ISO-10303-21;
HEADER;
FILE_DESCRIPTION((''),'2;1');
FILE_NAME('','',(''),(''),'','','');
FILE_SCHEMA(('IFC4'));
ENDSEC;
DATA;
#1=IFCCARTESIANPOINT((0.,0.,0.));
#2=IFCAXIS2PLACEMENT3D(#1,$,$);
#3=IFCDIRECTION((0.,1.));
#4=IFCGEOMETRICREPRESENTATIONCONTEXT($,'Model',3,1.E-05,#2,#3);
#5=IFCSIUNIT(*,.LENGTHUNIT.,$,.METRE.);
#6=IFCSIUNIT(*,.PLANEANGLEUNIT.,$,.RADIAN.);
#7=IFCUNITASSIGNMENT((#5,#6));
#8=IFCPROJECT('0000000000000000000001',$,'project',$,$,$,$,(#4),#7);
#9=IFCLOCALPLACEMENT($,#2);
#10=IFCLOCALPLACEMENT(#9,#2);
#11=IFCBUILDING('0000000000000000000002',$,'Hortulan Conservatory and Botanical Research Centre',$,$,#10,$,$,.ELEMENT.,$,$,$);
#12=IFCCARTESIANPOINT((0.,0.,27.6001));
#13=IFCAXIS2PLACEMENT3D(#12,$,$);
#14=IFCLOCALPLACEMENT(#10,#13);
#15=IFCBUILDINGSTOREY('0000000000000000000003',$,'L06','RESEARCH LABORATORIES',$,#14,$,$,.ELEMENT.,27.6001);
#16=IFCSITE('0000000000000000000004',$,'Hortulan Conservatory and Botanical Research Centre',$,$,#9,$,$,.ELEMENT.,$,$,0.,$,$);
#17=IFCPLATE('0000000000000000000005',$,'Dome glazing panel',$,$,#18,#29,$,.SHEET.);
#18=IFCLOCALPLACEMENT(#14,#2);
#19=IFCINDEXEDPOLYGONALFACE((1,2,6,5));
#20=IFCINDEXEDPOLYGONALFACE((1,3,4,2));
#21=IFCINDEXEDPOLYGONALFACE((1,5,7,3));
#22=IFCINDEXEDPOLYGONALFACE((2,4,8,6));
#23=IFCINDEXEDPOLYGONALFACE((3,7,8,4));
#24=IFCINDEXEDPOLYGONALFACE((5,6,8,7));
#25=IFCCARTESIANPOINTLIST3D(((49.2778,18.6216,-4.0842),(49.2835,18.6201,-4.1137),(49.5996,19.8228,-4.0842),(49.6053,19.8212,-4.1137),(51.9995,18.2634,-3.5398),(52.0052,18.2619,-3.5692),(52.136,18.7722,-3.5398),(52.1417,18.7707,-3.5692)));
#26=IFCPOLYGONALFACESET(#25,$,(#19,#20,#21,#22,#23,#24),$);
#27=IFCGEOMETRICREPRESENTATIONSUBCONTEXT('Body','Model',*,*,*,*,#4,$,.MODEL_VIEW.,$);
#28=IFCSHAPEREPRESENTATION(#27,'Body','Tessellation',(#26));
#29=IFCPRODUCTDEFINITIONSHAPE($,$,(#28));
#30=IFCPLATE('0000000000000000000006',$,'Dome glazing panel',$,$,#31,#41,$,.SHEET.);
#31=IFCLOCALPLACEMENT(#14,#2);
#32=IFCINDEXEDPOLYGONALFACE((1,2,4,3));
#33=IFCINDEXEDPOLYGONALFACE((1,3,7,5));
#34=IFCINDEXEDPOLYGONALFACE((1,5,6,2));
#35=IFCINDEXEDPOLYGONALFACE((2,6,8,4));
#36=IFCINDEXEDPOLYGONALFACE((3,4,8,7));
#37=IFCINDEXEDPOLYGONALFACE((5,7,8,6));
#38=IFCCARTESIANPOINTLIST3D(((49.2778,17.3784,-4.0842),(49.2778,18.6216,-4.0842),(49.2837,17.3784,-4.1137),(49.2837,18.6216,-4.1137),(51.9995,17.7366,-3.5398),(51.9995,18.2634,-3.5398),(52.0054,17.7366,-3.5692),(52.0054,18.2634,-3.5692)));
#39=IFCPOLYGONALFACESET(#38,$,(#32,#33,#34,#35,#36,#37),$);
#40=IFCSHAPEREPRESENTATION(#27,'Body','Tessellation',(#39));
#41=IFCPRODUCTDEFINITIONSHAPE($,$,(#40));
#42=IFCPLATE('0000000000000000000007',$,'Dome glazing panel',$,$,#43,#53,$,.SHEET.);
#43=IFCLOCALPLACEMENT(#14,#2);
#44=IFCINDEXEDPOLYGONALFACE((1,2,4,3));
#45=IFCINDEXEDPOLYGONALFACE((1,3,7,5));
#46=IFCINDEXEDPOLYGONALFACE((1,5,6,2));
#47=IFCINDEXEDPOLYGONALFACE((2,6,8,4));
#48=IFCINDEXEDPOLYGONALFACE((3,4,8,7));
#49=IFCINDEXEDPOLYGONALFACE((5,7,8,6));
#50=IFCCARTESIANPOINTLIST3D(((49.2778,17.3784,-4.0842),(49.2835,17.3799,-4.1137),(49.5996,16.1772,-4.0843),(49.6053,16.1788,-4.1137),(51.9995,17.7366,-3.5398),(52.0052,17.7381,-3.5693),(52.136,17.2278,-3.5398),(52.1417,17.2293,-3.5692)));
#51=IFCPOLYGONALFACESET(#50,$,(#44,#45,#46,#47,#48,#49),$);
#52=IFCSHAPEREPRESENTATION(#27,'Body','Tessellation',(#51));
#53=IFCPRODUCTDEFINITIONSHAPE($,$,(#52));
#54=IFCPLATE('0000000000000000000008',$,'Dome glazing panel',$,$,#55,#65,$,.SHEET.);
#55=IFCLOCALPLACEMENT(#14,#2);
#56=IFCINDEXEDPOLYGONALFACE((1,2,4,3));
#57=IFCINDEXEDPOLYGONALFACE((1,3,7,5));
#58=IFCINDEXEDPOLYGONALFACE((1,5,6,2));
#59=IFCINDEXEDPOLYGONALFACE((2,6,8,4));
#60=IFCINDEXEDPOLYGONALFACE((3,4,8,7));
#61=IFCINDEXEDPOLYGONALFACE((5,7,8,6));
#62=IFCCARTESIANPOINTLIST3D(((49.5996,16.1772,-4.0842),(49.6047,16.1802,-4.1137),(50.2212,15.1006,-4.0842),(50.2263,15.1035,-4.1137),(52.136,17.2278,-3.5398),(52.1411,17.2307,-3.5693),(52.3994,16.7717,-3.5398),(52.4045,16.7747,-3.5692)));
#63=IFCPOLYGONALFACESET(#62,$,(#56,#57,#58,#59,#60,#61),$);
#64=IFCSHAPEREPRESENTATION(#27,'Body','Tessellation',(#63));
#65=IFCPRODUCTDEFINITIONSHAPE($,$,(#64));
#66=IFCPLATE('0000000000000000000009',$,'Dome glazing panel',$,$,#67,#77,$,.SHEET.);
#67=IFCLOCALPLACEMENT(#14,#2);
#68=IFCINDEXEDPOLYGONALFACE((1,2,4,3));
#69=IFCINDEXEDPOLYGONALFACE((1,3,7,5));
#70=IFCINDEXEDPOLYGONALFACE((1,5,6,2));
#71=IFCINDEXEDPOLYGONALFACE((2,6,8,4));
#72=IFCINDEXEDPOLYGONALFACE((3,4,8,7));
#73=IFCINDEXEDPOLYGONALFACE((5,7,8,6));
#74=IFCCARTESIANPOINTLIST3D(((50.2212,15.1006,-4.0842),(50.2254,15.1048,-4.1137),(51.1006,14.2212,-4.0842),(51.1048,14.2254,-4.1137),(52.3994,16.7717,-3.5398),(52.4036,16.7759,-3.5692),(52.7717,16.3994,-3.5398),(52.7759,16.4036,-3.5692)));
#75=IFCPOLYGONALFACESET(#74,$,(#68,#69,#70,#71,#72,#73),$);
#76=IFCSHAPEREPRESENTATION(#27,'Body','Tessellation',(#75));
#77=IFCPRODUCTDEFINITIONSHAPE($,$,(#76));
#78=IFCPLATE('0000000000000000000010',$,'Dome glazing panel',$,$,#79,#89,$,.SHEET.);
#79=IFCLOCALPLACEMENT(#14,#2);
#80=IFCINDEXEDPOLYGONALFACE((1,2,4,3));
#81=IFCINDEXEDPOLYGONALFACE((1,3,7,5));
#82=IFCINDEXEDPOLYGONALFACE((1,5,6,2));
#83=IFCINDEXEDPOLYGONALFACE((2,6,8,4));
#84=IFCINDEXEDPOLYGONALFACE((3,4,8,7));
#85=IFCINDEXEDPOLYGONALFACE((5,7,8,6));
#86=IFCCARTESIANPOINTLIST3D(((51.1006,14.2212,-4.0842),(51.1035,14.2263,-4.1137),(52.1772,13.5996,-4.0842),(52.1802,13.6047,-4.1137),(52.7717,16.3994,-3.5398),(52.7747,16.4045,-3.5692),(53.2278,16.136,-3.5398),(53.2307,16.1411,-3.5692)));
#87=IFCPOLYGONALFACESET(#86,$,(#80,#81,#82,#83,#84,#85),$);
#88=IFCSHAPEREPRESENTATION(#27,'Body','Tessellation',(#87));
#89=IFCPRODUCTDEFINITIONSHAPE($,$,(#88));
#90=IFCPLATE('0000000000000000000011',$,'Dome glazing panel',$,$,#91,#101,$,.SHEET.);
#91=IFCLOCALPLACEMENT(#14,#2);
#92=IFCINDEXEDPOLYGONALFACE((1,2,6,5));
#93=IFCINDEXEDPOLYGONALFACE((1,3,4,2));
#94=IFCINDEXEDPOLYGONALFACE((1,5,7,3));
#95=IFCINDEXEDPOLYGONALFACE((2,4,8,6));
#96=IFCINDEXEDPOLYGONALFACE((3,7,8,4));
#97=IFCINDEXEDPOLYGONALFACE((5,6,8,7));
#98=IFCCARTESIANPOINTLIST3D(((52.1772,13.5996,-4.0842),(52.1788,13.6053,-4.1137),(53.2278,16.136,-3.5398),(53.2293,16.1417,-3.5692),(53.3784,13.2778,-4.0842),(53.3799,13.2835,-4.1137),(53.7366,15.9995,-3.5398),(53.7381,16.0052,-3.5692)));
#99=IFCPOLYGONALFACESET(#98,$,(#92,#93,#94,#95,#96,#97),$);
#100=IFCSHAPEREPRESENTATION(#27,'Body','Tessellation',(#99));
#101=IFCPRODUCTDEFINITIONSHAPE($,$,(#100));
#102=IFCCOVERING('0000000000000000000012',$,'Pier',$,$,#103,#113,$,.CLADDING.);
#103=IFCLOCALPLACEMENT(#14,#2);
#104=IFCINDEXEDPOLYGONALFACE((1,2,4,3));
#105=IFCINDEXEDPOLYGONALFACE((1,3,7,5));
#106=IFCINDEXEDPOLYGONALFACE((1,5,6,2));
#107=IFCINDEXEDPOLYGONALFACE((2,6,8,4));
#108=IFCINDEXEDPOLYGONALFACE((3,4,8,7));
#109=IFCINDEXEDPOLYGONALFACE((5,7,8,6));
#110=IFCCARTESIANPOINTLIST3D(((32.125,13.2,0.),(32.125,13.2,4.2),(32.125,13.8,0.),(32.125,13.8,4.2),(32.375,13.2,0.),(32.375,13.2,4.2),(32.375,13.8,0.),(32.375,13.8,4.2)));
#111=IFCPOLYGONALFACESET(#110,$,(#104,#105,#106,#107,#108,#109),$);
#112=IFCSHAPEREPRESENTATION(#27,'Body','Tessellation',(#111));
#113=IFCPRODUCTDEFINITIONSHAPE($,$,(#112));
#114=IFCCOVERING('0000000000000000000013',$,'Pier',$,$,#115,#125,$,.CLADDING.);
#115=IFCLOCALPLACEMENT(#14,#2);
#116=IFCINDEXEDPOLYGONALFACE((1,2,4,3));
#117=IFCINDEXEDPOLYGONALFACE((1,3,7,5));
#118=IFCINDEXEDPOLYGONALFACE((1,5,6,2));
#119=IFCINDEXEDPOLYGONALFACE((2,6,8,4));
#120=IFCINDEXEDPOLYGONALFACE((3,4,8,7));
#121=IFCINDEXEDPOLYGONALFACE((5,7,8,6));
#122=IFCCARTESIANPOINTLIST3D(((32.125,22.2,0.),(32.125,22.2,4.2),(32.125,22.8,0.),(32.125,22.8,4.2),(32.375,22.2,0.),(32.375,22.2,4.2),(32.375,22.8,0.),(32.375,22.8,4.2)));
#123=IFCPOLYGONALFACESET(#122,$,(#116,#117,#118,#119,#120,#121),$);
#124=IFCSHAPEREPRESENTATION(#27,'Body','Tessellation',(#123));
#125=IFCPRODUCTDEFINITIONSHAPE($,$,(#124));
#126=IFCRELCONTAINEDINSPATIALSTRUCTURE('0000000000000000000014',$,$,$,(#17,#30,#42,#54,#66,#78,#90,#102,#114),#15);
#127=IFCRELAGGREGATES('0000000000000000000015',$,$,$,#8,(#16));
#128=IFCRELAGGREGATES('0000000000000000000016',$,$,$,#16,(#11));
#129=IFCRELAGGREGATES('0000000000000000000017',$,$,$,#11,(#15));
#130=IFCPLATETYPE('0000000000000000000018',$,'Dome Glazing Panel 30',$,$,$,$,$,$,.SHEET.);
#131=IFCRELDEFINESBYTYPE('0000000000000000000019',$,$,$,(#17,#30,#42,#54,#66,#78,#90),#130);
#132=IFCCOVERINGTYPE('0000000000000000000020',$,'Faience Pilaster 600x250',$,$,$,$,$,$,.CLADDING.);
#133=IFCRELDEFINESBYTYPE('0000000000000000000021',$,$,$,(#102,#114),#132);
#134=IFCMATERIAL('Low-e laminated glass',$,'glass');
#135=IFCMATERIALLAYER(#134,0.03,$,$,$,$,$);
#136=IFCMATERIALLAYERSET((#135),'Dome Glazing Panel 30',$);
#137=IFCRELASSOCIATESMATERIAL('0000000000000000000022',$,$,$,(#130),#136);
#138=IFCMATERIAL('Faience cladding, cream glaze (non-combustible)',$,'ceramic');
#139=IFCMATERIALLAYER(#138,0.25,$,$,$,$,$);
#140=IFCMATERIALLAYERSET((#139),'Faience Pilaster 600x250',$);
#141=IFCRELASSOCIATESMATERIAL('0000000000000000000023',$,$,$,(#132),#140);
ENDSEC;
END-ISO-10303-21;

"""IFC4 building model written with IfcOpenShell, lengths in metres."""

from ifc_helpers import new_model, si_unit, direction, frame, origin, origin_2d, place, context, subcontext, project, spatial, polyline, rectangle, outline, extrude, material, layer, layer_set, type_object, element, save


model = new_model("IFC4")

# Units and contexts
model_context = context("Model", 3, precision=1e-05, world=origin(), true_north=direction((0.0, 1.0)))
body_context = subcontext(model_context, "Body", "Model", "MODEL_VIEW")
ifc_project = project(units=[si_unit("LENGTHUNIT", "METRE"), si_unit("PLANEANGLEUNIT", "RADIAN")], contexts=[model_context])

# Site, building, storey
site_placement = place(None, origin())
site = spatial("IfcSite", under=ifc_project, at=site_placement, Name="Hortulan Conservatory and Botanical Research Centre", CompositionType="ELEMENT", RefElevation=0.0)
building_placement = place(site_placement, origin())
building = spatial("IfcBuilding", under=site, at=building_placement, Name="Hortulan Conservatory and Botanical Research Centre", CompositionType="ELEMENT")
storey_placement = place(building_placement, frame((0.0, 0.0, 27.6001)))
storey = spatial("IfcBuildingStorey", under=building, at=storey_placement, Name="L06", Description="RESEARCH LABORATORIES", CompositionType="ELEMENT", Elevation=27.6001)

# Plates
ifc_material_1 = material(Name="Low-e laminated glass", Category="glass")
ifc_layer_1 = layer(ifc_material_1, 0.03)
ifc_layer_set_1 = layer_set([ifc_layer_1], Name="Dome Glazing Panel 30")
plate_type = type_object("IfcPlateType", Name="Dome Glazing Panel 30", PredefinedType="SHEET", material=ifc_layer_set_1)
plate_1_placement = place(storey_placement, frame((49.5996, 19.8228, -4.0842), z_axis=(-0.18946, 0.050773, 0.980575), x_axis=(-0.258766, -0.96594, 0.000019)))
element("IfcPlate", 1, at=plate_1_placement, inside=storey, type_object=plate_type, Name="Dome glazing panel", PredefinedType="SHEET", context=body_context, shape_type="SweptSolid", body=[
    extrude(outline(polyline([(0.0, 0.0), (1.2435, 0.0), (0.8852, 2.7756), (0.3584, 2.7757), (0.0, 0.0)])), origin(), (0.0, 0.0, -1.0), 0.03),
])
plate_2_placement = place(storey_placement, frame((49.2778, 18.6216, -4.0842), z_axis=(-0.19615, 0.0, 0.980574), x_axis=(0.0, -1.0, 0.0)))
element("IfcPlate", 2, at=plate_2_placement, inside=storey, type_object=plate_type, Name="Dome glazing panel", PredefinedType="SHEET", context=body_context, shape_type="SweptSolid", body=[
    extrude(outline(polyline([(0.0, 0.0), (1.2432, 0.0), (0.885, 2.7756), (0.3582, 2.7756), (0.0, 0.0)])), origin(), (0.0, 0.0, -1.0), 0.03),
])
plate_3_placement = place(storey_placement, frame((49.2778, 17.3784, -4.0842), z_axis=(-0.18946, -0.050773, 0.980575), x_axis=(0.258766, -0.96594, -0.000019)))
element("IfcPlate", 3, at=plate_3_placement, inside=storey, type_object=plate_type, Name="Dome glazing panel", PredefinedType="SHEET", context=body_context, shape_type="SweptSolid", body=[
    extrude(outline(polyline([(0.0, 0.0), (1.2435, 0.0), (0.8851, 2.7757), (0.3583, 2.7756), (0.0, 0.0)])), origin(), (0.0, 0.0, -1.0), 0.03),
])
plate_4_placement = place(storey_placement, frame((49.5996, 16.1772, -4.0842), z_axis=(-0.169853, -0.098075, 0.980577), x_axis=(0.499985, -0.866034, -0.000013)))
element("IfcPlate", 4, at=plate_4_placement, inside=storey, type_object=plate_type, Name="Dome glazing panel", PredefinedType="SHEET", context=body_context, shape_type="SweptSolid", body=[
    extrude(outline(polyline([(0.0, 0.0), (1.2432, 0.0), (0.885, 2.7759), (0.3583, 2.7758), (0.0, 0.0)])), origin(), (0.0, 0.0, -1.0), 0.03),
])
plate_5_placement = place(storey_placement, frame((50.2212, 15.1006, -4.0842), z_axis=(-0.138688, -0.138688, 0.980577), x_axis=(0.707107, -0.707107, 0.0)))
element("IfcPlate", 5, at=plate_5_placement, inside=storey, type_object=plate_type, Name="Dome glazing panel", PredefinedType="SHEET", context=body_context, shape_type="SweptSolid", body=[
    extrude(outline(polyline([(0.0, 0.0), (1.2437, 0.0), (0.8851, 2.7758), (0.3586, 2.7758), (0.0, 0.0)])), origin(), (0.0, 0.0, -1.0), 0.03),
])
plate_6_placement = place(storey_placement, frame((51.1006, 14.2212, -4.0842), z_axis=(-0.098075, -0.169853, 0.980577), x_axis=(0.866034, -0.499985, 0.000013)))
element("IfcPlate", 6, at=plate_6_placement, inside=storey, type_object=plate_type, Name="Dome glazing panel", PredefinedType="SHEET", context=body_context, shape_type="SweptSolid", body=[
    extrude(outline(polyline([(0.0, 0.0), (1.2432, 0.0), (0.8849, 2.7758), (0.3582, 2.7759), (0.0, 0.0)])), origin(), (0.0, 0.0, -1.0), 0.03),
])
plate_7_placement = place(storey_placement, frame((52.1772, 13.5996, -4.0842), z_axis=(-0.050773, -0.18946, 0.980575), x_axis=(0.96594, -0.258766, 0.000019)))
element("IfcPlate", 7, at=plate_7_placement, inside=storey, type_object=plate_type, Name="Dome glazing panel", PredefinedType="SHEET", context=body_context, shape_type="SweptSolid", body=[
    extrude(outline(polyline([(0.0, 0.0), (1.2435, 0.0), (0.8852, 2.7756), (0.3584, 2.7757), (0.0, 0.0)])), origin(), (0.0, 0.0, -1.0), 0.03),
])

# Coverings
ifc_material_2 = material(Name="Faience cladding, cream glaze (non-combustible)", Category="ceramic")
ifc_layer_2 = layer(ifc_material_2, 0.25)
ifc_layer_set_2 = layer_set([ifc_layer_2], Name="Faience Pilaster 600x250")
covering_type = type_object("IfcCoveringType", Name="Faience Pilaster 600x250", PredefinedType="CLADDING", material=ifc_layer_set_2)
for number, where, z_axis, x_axis, name in (
    (8, (32.25, 13.5, 0.0), (0.0, 0.0, 1.0), (0.0, 1.0, 0.0), "Pier"),
    (9, (32.25, 22.5, 0.0), (0.0, 0.0, 1.0), (0.0, 1.0, 0.0), "Pier"),
):
    element("IfcCovering", number, at=place(storey_placement, frame(where, z_axis=z_axis, x_axis=x_axis)), inside=storey, type_object=covering_type, Name=name, PredefinedType="CLADDING", context=body_context, shape_type="SweptSolid", body=[
        extrude(rectangle(XDim=0.6001, YDim=0.25, at=origin_2d()), origin(), (0.0, 0.0, 1.0), 4.2),
    ])

save(model, "model.ifc")
